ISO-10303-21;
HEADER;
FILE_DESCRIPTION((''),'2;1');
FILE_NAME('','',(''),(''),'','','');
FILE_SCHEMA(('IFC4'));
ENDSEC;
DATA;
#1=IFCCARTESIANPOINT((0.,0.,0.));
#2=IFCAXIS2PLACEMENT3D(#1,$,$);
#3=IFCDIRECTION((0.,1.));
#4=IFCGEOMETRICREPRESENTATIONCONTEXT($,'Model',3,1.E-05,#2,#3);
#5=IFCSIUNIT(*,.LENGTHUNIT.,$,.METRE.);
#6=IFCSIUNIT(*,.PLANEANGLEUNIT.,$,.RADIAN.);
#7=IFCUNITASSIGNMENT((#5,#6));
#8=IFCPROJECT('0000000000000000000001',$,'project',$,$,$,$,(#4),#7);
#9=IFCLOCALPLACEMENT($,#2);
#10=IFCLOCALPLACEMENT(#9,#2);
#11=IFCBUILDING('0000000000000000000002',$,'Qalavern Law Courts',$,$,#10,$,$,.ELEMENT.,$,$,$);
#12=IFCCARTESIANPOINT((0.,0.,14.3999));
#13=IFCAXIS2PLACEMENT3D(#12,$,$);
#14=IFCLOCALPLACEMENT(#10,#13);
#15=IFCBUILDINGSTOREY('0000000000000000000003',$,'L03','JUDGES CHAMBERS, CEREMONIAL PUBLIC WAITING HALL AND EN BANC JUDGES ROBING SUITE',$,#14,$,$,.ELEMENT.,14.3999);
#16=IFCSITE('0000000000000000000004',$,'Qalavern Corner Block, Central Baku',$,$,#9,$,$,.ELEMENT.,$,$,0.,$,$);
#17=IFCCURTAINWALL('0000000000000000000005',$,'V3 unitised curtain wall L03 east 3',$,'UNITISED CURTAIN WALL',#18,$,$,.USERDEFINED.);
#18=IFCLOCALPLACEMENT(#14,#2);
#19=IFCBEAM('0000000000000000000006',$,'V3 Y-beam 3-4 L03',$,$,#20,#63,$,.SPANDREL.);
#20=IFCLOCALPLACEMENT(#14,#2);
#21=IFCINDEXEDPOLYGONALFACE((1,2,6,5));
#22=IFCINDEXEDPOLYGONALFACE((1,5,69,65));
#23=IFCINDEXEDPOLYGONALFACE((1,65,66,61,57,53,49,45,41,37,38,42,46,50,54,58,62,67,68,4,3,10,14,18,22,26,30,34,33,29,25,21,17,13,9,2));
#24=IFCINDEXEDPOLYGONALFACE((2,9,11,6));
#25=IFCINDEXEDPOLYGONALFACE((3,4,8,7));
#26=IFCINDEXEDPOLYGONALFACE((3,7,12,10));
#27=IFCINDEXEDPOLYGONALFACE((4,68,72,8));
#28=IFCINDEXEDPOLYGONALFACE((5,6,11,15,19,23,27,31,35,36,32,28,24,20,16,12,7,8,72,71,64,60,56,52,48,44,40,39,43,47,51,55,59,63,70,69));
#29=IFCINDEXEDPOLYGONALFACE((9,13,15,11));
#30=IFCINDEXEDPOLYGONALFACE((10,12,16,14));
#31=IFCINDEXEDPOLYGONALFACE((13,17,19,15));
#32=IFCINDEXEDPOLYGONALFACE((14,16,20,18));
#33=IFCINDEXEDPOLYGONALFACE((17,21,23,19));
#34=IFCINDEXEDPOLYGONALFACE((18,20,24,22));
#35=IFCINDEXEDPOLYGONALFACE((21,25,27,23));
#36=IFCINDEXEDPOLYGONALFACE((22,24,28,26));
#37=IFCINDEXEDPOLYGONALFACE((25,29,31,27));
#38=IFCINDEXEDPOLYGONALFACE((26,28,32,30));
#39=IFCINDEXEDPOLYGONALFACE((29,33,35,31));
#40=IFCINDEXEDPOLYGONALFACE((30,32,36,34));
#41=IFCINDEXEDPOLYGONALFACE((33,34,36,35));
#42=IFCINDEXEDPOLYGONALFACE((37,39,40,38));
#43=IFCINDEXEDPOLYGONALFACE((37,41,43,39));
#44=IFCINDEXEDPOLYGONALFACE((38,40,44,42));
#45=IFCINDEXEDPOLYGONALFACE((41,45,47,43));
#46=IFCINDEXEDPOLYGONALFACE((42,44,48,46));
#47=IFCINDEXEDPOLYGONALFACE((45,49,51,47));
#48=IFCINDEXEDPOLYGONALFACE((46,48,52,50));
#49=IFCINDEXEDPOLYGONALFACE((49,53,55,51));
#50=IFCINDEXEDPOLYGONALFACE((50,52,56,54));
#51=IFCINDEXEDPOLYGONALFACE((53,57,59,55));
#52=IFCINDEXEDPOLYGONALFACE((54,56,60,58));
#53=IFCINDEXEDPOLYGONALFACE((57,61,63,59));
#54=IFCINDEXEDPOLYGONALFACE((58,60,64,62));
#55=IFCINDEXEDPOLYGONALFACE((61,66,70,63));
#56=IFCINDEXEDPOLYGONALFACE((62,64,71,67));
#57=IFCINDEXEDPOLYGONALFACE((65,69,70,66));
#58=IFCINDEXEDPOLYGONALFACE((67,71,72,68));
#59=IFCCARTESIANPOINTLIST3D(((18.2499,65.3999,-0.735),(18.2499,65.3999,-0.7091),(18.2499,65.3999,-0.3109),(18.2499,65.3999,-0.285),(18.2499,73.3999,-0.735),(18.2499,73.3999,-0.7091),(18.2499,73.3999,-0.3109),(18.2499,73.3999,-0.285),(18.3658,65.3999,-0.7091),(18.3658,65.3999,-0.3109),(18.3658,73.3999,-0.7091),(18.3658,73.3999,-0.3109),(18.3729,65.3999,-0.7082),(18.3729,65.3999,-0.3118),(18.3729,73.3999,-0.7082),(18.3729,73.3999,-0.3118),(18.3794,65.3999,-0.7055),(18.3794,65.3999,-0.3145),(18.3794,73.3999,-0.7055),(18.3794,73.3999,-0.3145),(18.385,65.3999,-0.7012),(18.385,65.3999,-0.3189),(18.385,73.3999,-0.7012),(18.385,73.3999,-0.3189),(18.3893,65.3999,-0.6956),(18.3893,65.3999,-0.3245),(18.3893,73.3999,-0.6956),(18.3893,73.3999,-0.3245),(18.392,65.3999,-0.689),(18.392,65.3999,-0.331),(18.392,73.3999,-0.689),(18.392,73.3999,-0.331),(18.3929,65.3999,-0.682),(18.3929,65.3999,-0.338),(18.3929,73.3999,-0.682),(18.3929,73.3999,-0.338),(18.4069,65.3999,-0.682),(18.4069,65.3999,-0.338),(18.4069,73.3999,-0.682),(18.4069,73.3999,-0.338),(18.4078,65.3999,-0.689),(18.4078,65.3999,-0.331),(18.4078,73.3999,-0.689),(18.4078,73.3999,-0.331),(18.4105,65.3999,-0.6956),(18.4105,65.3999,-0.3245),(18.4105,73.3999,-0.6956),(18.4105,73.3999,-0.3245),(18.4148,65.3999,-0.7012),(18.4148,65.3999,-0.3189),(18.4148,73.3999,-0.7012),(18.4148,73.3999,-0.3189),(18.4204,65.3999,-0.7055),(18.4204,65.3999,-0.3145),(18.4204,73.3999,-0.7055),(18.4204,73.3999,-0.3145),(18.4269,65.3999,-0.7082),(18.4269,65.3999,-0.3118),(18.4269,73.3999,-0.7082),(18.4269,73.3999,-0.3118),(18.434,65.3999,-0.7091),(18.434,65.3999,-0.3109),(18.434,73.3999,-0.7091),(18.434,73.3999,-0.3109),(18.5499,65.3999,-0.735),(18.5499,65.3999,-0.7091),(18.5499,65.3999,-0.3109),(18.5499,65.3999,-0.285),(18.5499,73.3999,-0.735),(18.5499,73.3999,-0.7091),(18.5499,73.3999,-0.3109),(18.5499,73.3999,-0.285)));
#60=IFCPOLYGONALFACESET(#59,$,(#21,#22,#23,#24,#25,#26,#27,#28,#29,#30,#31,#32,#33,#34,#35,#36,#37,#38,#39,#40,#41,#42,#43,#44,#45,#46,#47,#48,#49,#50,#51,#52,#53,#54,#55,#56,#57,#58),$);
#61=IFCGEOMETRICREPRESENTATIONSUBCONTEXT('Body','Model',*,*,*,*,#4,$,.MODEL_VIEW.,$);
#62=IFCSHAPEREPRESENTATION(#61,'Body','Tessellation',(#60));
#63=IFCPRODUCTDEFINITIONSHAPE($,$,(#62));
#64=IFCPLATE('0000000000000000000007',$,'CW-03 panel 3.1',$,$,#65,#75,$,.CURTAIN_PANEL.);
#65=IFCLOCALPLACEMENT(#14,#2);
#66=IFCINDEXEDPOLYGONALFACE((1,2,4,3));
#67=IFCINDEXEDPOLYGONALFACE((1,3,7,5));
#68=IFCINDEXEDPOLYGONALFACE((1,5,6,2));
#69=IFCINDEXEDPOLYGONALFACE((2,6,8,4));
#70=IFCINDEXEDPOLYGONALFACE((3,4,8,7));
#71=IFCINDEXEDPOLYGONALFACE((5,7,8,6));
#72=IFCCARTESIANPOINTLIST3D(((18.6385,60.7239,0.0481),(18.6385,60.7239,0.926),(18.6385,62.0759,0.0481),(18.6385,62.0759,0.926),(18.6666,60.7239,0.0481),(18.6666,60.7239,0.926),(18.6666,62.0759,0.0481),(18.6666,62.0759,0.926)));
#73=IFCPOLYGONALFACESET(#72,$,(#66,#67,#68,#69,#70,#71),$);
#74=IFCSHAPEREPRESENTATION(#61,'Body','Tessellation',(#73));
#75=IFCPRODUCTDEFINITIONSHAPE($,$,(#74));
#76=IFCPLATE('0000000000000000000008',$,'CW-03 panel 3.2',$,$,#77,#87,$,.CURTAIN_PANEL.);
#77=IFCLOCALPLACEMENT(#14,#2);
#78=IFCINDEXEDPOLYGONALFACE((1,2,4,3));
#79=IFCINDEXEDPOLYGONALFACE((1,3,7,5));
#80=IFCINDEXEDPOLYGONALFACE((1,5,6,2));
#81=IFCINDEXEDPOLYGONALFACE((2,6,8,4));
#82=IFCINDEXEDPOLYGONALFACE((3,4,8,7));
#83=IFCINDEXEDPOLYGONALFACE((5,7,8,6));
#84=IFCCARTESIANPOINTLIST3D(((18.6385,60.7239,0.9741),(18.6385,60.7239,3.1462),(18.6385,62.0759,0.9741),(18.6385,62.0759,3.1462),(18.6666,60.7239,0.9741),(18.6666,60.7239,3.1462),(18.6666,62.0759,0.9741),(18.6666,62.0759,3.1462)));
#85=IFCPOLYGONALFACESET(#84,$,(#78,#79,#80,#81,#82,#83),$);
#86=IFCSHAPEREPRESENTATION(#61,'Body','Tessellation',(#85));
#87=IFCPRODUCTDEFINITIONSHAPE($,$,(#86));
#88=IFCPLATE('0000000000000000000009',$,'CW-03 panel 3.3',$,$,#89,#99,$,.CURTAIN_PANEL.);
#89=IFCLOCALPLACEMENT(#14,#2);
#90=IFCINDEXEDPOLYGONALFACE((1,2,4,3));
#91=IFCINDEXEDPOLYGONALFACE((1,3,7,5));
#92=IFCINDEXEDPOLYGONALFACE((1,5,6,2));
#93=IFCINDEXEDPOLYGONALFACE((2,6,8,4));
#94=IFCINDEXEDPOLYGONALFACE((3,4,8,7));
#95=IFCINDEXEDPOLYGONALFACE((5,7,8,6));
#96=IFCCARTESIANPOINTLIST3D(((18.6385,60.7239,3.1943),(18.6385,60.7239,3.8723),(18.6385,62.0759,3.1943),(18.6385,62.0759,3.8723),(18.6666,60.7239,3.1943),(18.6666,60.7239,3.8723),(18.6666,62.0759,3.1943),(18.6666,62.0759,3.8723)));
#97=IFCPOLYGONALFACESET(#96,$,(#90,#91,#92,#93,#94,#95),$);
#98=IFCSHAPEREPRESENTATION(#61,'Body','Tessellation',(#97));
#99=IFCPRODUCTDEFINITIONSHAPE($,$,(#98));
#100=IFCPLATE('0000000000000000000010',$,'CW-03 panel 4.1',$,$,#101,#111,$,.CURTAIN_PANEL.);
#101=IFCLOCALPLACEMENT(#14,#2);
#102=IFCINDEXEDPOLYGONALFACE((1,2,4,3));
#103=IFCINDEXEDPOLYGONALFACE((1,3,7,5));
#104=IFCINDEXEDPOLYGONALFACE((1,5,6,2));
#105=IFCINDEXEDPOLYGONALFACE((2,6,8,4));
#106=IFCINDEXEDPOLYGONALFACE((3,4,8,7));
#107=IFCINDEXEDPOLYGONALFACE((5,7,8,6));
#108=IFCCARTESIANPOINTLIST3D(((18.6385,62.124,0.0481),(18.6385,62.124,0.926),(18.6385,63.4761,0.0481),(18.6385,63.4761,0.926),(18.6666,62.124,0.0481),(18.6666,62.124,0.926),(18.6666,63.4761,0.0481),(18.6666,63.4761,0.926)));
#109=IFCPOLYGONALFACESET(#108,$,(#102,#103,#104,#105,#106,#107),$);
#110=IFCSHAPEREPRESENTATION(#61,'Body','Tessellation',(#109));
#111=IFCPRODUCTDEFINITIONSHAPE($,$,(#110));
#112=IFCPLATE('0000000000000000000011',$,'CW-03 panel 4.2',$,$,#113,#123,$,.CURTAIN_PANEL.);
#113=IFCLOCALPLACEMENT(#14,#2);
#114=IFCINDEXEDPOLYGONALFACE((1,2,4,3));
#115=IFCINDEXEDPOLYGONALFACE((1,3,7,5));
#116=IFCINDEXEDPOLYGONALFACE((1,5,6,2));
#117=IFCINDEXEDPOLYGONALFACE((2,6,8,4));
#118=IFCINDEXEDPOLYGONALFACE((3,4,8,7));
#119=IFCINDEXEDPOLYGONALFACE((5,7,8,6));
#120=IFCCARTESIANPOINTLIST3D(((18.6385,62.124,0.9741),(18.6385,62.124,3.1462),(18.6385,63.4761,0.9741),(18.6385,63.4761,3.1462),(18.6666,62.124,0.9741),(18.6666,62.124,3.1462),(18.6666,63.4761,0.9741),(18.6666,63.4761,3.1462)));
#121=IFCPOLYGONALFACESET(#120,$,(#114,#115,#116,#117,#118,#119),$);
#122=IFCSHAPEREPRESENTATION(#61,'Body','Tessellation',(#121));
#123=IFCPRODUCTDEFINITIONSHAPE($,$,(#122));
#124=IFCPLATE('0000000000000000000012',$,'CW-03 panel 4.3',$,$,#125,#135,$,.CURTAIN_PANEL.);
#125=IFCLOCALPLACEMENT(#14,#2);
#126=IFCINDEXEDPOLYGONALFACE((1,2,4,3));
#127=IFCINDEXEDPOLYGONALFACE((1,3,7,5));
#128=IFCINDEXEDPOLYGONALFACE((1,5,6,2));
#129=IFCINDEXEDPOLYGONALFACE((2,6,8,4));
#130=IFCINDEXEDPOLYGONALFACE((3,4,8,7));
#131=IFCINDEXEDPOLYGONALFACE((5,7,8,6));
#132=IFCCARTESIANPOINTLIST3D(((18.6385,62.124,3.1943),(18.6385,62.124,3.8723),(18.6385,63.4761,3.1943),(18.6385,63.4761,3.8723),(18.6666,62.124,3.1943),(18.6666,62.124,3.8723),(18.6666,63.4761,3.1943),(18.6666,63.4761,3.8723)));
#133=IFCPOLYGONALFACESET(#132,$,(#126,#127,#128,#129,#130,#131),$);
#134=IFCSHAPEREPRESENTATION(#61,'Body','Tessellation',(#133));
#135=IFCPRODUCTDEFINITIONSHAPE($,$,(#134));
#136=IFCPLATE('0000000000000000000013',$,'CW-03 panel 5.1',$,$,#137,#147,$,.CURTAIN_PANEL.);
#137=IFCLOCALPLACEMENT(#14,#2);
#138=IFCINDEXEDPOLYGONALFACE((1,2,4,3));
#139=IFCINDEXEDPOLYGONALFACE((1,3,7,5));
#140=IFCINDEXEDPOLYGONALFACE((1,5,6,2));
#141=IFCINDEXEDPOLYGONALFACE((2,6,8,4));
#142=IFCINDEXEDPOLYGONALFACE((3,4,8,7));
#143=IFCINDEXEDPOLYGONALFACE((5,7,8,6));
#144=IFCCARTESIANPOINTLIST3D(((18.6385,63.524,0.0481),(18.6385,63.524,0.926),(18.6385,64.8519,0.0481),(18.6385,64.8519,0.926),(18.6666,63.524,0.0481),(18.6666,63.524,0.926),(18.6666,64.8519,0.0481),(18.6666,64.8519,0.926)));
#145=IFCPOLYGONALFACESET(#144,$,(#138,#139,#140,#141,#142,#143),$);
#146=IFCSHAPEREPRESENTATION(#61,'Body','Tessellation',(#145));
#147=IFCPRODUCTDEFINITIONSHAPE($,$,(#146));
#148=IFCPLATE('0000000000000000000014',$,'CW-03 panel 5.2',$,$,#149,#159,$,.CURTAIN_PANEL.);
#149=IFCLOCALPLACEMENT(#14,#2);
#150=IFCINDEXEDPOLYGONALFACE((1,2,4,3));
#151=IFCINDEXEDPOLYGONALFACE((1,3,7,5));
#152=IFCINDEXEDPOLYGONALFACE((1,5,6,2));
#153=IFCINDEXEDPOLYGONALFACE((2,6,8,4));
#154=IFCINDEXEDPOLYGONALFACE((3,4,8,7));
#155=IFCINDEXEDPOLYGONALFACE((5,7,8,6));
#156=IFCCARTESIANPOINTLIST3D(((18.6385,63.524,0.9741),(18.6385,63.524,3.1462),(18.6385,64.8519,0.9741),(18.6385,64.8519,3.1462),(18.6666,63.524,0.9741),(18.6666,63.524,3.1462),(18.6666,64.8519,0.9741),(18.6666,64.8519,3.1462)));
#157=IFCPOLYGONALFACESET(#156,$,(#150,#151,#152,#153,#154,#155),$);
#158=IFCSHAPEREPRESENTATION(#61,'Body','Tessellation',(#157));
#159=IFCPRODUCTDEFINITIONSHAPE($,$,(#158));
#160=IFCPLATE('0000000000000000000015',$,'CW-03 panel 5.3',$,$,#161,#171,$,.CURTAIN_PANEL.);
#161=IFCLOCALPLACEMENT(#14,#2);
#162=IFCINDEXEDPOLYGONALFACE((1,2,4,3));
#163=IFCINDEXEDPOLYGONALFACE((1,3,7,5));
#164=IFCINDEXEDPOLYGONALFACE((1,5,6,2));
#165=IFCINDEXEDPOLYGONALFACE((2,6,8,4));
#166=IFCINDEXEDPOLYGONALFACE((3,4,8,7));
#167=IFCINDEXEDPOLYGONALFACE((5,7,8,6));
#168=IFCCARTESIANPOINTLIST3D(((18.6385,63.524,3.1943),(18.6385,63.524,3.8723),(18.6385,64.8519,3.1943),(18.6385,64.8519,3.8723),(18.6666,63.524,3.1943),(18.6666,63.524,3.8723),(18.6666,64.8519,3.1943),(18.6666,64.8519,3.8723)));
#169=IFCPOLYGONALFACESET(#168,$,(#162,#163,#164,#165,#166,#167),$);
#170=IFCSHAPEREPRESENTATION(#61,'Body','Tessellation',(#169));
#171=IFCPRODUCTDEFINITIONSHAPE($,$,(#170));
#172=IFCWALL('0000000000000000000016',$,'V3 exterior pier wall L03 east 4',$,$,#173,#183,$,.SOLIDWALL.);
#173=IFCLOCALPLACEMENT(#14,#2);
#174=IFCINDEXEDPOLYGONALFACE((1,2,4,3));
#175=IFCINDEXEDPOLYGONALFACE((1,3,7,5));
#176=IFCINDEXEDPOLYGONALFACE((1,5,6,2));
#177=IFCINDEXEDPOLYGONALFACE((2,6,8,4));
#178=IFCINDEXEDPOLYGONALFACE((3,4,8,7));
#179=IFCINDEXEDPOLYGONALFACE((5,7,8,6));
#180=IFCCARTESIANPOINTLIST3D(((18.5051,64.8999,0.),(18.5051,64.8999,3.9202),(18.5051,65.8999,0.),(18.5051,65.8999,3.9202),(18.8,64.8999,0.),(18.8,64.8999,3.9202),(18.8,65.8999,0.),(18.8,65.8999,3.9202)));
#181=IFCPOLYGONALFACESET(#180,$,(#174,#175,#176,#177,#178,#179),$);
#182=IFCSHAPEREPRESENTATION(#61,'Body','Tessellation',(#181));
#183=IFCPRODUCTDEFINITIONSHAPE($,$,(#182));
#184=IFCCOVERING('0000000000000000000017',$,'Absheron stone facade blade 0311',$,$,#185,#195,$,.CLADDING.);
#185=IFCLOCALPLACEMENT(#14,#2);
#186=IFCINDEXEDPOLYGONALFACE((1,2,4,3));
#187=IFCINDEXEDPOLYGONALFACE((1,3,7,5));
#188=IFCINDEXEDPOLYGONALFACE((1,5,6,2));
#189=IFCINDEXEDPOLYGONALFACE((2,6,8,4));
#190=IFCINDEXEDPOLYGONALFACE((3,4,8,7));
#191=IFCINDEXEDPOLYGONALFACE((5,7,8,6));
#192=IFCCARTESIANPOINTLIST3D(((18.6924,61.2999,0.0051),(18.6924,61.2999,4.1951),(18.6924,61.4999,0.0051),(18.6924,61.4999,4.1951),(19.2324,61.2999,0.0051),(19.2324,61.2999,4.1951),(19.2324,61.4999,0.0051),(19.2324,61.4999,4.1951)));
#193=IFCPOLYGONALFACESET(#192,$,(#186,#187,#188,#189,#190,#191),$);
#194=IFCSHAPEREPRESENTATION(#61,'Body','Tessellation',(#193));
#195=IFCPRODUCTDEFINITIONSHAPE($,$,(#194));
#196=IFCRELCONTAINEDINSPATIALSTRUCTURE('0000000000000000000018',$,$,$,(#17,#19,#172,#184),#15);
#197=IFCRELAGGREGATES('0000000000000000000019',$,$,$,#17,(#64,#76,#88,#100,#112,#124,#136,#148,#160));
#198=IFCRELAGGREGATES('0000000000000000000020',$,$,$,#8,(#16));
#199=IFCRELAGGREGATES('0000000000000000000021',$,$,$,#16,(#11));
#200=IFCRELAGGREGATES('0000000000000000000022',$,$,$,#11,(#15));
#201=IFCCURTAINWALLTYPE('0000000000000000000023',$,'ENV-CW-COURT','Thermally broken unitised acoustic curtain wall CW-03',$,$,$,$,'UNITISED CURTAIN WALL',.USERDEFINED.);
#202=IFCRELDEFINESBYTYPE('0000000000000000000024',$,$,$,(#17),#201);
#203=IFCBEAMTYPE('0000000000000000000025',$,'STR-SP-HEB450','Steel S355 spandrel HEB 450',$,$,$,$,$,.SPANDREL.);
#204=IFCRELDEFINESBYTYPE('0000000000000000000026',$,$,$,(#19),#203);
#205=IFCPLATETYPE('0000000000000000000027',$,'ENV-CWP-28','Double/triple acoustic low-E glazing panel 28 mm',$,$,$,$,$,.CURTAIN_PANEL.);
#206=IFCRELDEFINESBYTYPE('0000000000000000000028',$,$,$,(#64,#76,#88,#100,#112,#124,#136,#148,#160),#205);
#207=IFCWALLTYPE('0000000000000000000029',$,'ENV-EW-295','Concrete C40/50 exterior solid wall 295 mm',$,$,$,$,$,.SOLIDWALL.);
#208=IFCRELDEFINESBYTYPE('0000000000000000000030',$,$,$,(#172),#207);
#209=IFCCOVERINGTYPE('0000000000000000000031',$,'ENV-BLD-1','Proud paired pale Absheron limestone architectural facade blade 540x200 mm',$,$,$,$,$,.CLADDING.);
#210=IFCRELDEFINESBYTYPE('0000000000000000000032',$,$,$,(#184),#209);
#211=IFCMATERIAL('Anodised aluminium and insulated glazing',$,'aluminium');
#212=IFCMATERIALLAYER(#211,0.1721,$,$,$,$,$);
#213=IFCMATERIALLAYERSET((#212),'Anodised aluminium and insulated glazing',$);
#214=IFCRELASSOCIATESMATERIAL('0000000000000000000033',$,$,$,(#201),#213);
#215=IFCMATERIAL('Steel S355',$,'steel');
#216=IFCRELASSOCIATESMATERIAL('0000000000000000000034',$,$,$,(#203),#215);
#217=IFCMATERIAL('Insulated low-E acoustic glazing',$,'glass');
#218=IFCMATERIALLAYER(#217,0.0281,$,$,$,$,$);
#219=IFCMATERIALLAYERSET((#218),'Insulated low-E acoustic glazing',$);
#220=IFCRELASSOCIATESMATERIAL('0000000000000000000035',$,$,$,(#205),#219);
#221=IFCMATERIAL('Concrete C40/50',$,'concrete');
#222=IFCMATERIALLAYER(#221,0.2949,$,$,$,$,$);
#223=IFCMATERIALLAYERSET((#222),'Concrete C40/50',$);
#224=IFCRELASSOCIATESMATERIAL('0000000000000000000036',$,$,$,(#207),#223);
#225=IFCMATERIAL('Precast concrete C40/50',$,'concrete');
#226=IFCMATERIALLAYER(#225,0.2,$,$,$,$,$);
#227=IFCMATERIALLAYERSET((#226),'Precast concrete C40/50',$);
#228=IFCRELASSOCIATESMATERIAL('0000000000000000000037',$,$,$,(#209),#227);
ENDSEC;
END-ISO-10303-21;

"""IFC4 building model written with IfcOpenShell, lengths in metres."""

from ifc_helpers import new_model, si_unit, direction, frame, frame_2d, origin, origin_2d, place, context, subcontext, project, spatial, rectangle, i_section, extrude, material, layer, layer_set, material_profile, profile_set, type_object, element, aggregate, save


model = new_model("IFC4")

# Units and contexts
model_context = context("Model", 3, precision=1e-05, world=origin(), true_north=direction((0.0, 1.0)))
body_context = subcontext(model_context, "Body", "Model", "MODEL_VIEW")
ifc_project = project(units=[si_unit("LENGTHUNIT", "METRE"), si_unit("PLANEANGLEUNIT", "RADIAN")], contexts=[model_context])

# Site, building, storey
site_placement = place(None, origin())
site = spatial("IfcSite", under=ifc_project, at=site_placement, Name="Qalavern Corner Block, Central Baku", CompositionType="ELEMENT", RefElevation=0.0)
building_placement = place(site_placement, origin())
building = spatial("IfcBuilding", under=site, at=building_placement, Name="Qalavern Law Courts", CompositionType="ELEMENT")
storey_placement = place(building_placement, frame((0.0, 0.0, 14.3999)))
storey = spatial("IfcBuildingStorey", under=building, at=storey_placement, Name="L03", Description="JUDGES CHAMBERS, CEREMONIAL PUBLIC WAITING HALL AND EN BANC JUDGES ROBING SUITE", CompositionType="ELEMENT", Elevation=14.3999)

# Curtain wall
ifc_material_1 = material(Name="Anodised aluminium and insulated glazing", Category="aluminium")
ifc_layer_1 = layer(ifc_material_1, 0.1721)
ifc_layer_set_1 = layer_set([ifc_layer_1], Name="Anodised aluminium and insulated glazing")
curtain_wall_type = type_object("IfcCurtainWallType", Name="ENV-CW-COURT", Description="Thermally broken unitised acoustic curtain wall CW-03", ElementType="UNITISED CURTAIN WALL", PredefinedType="USERDEFINED", material=ifc_layer_set_1)
curtain_wall_placement = place(storey_placement, origin())
curtain_wall = element("IfcCurtainWall", 1, at=curtain_wall_placement, inside=storey, type_object=curtain_wall_type, Name="V3 unitised curtain wall L03 east 3", ObjectType="UNITISED CURTAIN WALL", PredefinedType="USERDEFINED")

# Beam
ifc_material_2 = material(Name="Concrete C40/50", Category="concrete")
ifc_material_3 = material(Name="Steel S355", Category="steel")
ifc_material_profile_1 = material_profile(ifc_material_3, i_section(OverallWidth=0.3, OverallDepth=0.45, WebThickness=0.0139, FlangeThickness=0.0259, FilletRadius=0.0271, at=origin_2d()), Name="HEB 450")
ifc_profile_set_1 = profile_set([ifc_material_profile_1], Name="Steel S355")
beam_type_1 = type_object("IfcBeamType", Name="STR-SP-HEB450", Description="Steel S355 spandrel HEB 450", PredefinedType="SPANDREL", material=ifc_profile_set_1)
beam_1_placement = place(storey_placement, frame((18.3999, 65.3999, -0.51), z_axis=(0.0, 1.0, 0.0), x_axis=(-1.0, 0.0, 0.0)))
element("IfcBeam", 2, at=beam_1_placement, inside=storey, type_object=beam_type_1, Name="V3 Y-beam 3-4 L03", PredefinedType="SPANDREL", context=body_context, shape_type="SweptSolid", body=[
    extrude(i_section(OverallWidth=0.3, OverallDepth=0.45, WebThickness=0.0139, FlangeThickness=0.0259, FilletRadius=0.0271, at=origin_2d()), origin(), (0.0, 0.0, 1.0), 8.0),
])

# Plates
ifc_material_4 = material(Name="Insulated low-E acoustic glazing", Category="glass")
ifc_layer_2 = layer(ifc_material_4, 0.0281)
ifc_layer_set_2 = layer_set([ifc_layer_2], Name="Insulated low-E acoustic glazing")
plate_type = type_object("IfcPlateType", Name="ENV-CWP-28", Description="Double/triple acoustic low-E glazing panel 28 mm", PredefinedType="CURTAIN_PANEL", material=ifc_layer_set_2)
plate_1_placement = place(storey_placement, frame((18.6526, 61.3999, 0.0481), z_axis=(0.0, 0.0, 1.0), x_axis=(0.0, 1.0, 0.0)))
plate_1 = element("IfcPlate", 3, at=plate_1_placement, type_object=plate_type, Name="CW-03 panel 3.1", PredefinedType="CURTAIN_PANEL", context=body_context, shape_type="SweptSolid", body=[
    extrude(rectangle(XDim=1.3521, YDim=0.0281, at=origin_2d()), origin(), (0.0, 0.0, 1.0), 0.8779),
])
plate_2_placement = place(storey_placement, frame((18.6526, 61.3999, 0.9741), z_axis=(0.0, 0.0, 1.0), x_axis=(0.0, 1.0, 0.0)))
plate_2 = element("IfcPlate", 4, at=plate_2_placement, type_object=plate_type, Name="CW-03 panel 3.2", PredefinedType="CURTAIN_PANEL", context=body_context, shape_type="SweptSolid", body=[
    extrude(rectangle(XDim=1.3521, YDim=0.0281, at=origin_2d()), origin(), (0.0, 0.0, 1.0), 2.1721),
])
plate_3_placement = place(storey_placement, frame((18.6526, 61.3999, 3.1943), z_axis=(0.0, 0.0, 1.0), x_axis=(0.0, 1.0, 0.0)))
plate_3 = element("IfcPlate", 5, at=plate_3_placement, type_object=plate_type, Name="CW-03 panel 3.3", PredefinedType="CURTAIN_PANEL", context=body_context, shape_type="SweptSolid", body=[
    extrude(rectangle(XDim=1.3521, YDim=0.0281, at=origin_2d()), origin(), (0.0, 0.0, 1.0), 0.678),
])
plate_4_placement = place(storey_placement, frame((18.6526, 62.8, 0.0481), z_axis=(0.0, 0.0, 1.0), x_axis=(0.0, 1.0, 0.0)))
plate_4 = element("IfcPlate", 6, at=plate_4_placement, type_object=plate_type, Name="CW-03 panel 4.1", PredefinedType="CURTAIN_PANEL", context=body_context, shape_type="SweptSolid", body=[
    extrude(rectangle(XDim=1.3521, YDim=0.0281, at=origin_2d()), origin(), (0.0, 0.0, 1.0), 0.8779),
])
plate_5_placement = place(storey_placement, frame((18.6526, 62.8, 0.9741), z_axis=(0.0, 0.0, 1.0), x_axis=(0.0, 1.0, 0.0)))
plate_5 = element("IfcPlate", 7, at=plate_5_placement, type_object=plate_type, Name="CW-03 panel 4.2", PredefinedType="CURTAIN_PANEL", context=body_context, shape_type="SweptSolid", body=[
    extrude(rectangle(XDim=1.3521, YDim=0.0281, at=origin_2d()), origin(), (0.0, 0.0, 1.0), 2.1721),
])
plate_6_placement = place(storey_placement, frame((18.6526, 62.8, 3.1943), z_axis=(0.0, 0.0, 1.0), x_axis=(0.0, 1.0, 0.0)))
plate_6 = element("IfcPlate", 8, at=plate_6_placement, type_object=plate_type, Name="CW-03 panel 4.3", PredefinedType="CURTAIN_PANEL", context=body_context, shape_type="SweptSolid", body=[
    extrude(rectangle(XDim=1.3521, YDim=0.0281, at=origin_2d()), origin(), (0.0, 0.0, 1.0), 0.678),
])
plate_7_placement = place(storey_placement, frame((18.6526, 64.188, 0.0481), z_axis=(0.0, 0.0, 1.0), x_axis=(0.0, 1.0, 0.0)))
plate_7 = element("IfcPlate", 9, at=plate_7_placement, type_object=plate_type, Name="CW-03 panel 5.1", PredefinedType="CURTAIN_PANEL", context=body_context, shape_type="SweptSolid", body=[
    extrude(rectangle(XDim=1.3279, YDim=0.0281, at=origin_2d()), origin(), (0.0, 0.0, 1.0), 0.8779),
])
plate_8_placement = place(storey_placement, frame((18.6526, 64.188, 0.9741), z_axis=(0.0, 0.0, 1.0), x_axis=(0.0, 1.0, 0.0)))
plate_8 = element("IfcPlate", 10, at=plate_8_placement, type_object=plate_type, Name="CW-03 panel 5.2", PredefinedType="CURTAIN_PANEL", context=body_context, shape_type="SweptSolid", body=[
    extrude(rectangle(XDim=1.3279, YDim=0.0281, at=origin_2d()), origin(), (0.0, 0.0, 1.0), 2.1721),
])
plate_9_placement = place(storey_placement, frame((18.6526, 64.188, 3.1943), z_axis=(0.0, 0.0, 1.0), x_axis=(0.0, 1.0, 0.0)))
plate_9 = element("IfcPlate", 11, at=plate_9_placement, type_object=plate_type, Name="CW-03 panel 5.3", PredefinedType="CURTAIN_PANEL", context=body_context, shape_type="SweptSolid", body=[
    extrude(rectangle(XDim=1.3279, YDim=0.0281, at=origin_2d()), origin(), (0.0, 0.0, 1.0), 0.678),
])
aggregate(curtain_wall, [plate_1, plate_2, plate_3, plate_4, plate_5, plate_6, plate_7, plate_8, plate_9])

# Wall
ifc_layer_3 = layer(ifc_material_2, 0.2949)
ifc_layer_set_3 = layer_set([ifc_layer_3], Name="Concrete C40/50")
wall_type = type_object("IfcWallType", Name="ENV-EW-295", Description="Concrete C40/50 exterior solid wall 295 mm", PredefinedType="SOLIDWALL", material=ifc_layer_set_3)
wall_placement = place(storey_placement, frame((18.6526, 64.8999, 0.0), z_axis=(0.0, 0.0, 1.0), x_axis=(0.0, 1.0, 0.0)))
element("IfcWall", 12, at=wall_placement, inside=storey, type_object=wall_type, Name="V3 exterior pier wall L03 east 4", PredefinedType="SOLIDWALL", context=body_context, shape_type="SweptSolid", body=[
    extrude(rectangle(XDim=1.0, YDim=0.2949, at=frame_2d((0.5, 0.0))), origin(), (0.0, 0.0, 1.0), 3.9202),
])

# Covering
ifc_material_5 = material(Name="Precast concrete C40/50", Category="concrete")
ifc_layer_4 = layer(ifc_material_5, 0.2)
ifc_layer_set_4 = layer_set([ifc_layer_4], Name="Precast concrete C40/50")
covering_type_1 = type_object("IfcCoveringType", Name="ENV-BLD-1", Description="Proud paired pale Absheron limestone architectural facade blade 540x200 mm", PredefinedType="CLADDING", material=ifc_layer_set_4)
for number, where, z_axis, x_axis, name in (
    (13, (18.9624, 61.3999, 0.0051), (0.0, 0.0, 1.0), (1.0, 0.0, 0.0), "Absheron stone facade blade 0311"),
):
    element("IfcCovering", number, at=place(storey_placement, frame(where, z_axis=z_axis, x_axis=x_axis)), inside=storey, type_object=covering_type_1, Name=name, PredefinedType="CLADDING", context=body_context, shape_type="SweptSolid", body=[
        extrude(rectangle(XDim=0.54, YDim=0.2, at=origin_2d()), origin(), (0.0, 0.0, 1.0), 4.1899),
    ])

save(model, "model.ifc")
